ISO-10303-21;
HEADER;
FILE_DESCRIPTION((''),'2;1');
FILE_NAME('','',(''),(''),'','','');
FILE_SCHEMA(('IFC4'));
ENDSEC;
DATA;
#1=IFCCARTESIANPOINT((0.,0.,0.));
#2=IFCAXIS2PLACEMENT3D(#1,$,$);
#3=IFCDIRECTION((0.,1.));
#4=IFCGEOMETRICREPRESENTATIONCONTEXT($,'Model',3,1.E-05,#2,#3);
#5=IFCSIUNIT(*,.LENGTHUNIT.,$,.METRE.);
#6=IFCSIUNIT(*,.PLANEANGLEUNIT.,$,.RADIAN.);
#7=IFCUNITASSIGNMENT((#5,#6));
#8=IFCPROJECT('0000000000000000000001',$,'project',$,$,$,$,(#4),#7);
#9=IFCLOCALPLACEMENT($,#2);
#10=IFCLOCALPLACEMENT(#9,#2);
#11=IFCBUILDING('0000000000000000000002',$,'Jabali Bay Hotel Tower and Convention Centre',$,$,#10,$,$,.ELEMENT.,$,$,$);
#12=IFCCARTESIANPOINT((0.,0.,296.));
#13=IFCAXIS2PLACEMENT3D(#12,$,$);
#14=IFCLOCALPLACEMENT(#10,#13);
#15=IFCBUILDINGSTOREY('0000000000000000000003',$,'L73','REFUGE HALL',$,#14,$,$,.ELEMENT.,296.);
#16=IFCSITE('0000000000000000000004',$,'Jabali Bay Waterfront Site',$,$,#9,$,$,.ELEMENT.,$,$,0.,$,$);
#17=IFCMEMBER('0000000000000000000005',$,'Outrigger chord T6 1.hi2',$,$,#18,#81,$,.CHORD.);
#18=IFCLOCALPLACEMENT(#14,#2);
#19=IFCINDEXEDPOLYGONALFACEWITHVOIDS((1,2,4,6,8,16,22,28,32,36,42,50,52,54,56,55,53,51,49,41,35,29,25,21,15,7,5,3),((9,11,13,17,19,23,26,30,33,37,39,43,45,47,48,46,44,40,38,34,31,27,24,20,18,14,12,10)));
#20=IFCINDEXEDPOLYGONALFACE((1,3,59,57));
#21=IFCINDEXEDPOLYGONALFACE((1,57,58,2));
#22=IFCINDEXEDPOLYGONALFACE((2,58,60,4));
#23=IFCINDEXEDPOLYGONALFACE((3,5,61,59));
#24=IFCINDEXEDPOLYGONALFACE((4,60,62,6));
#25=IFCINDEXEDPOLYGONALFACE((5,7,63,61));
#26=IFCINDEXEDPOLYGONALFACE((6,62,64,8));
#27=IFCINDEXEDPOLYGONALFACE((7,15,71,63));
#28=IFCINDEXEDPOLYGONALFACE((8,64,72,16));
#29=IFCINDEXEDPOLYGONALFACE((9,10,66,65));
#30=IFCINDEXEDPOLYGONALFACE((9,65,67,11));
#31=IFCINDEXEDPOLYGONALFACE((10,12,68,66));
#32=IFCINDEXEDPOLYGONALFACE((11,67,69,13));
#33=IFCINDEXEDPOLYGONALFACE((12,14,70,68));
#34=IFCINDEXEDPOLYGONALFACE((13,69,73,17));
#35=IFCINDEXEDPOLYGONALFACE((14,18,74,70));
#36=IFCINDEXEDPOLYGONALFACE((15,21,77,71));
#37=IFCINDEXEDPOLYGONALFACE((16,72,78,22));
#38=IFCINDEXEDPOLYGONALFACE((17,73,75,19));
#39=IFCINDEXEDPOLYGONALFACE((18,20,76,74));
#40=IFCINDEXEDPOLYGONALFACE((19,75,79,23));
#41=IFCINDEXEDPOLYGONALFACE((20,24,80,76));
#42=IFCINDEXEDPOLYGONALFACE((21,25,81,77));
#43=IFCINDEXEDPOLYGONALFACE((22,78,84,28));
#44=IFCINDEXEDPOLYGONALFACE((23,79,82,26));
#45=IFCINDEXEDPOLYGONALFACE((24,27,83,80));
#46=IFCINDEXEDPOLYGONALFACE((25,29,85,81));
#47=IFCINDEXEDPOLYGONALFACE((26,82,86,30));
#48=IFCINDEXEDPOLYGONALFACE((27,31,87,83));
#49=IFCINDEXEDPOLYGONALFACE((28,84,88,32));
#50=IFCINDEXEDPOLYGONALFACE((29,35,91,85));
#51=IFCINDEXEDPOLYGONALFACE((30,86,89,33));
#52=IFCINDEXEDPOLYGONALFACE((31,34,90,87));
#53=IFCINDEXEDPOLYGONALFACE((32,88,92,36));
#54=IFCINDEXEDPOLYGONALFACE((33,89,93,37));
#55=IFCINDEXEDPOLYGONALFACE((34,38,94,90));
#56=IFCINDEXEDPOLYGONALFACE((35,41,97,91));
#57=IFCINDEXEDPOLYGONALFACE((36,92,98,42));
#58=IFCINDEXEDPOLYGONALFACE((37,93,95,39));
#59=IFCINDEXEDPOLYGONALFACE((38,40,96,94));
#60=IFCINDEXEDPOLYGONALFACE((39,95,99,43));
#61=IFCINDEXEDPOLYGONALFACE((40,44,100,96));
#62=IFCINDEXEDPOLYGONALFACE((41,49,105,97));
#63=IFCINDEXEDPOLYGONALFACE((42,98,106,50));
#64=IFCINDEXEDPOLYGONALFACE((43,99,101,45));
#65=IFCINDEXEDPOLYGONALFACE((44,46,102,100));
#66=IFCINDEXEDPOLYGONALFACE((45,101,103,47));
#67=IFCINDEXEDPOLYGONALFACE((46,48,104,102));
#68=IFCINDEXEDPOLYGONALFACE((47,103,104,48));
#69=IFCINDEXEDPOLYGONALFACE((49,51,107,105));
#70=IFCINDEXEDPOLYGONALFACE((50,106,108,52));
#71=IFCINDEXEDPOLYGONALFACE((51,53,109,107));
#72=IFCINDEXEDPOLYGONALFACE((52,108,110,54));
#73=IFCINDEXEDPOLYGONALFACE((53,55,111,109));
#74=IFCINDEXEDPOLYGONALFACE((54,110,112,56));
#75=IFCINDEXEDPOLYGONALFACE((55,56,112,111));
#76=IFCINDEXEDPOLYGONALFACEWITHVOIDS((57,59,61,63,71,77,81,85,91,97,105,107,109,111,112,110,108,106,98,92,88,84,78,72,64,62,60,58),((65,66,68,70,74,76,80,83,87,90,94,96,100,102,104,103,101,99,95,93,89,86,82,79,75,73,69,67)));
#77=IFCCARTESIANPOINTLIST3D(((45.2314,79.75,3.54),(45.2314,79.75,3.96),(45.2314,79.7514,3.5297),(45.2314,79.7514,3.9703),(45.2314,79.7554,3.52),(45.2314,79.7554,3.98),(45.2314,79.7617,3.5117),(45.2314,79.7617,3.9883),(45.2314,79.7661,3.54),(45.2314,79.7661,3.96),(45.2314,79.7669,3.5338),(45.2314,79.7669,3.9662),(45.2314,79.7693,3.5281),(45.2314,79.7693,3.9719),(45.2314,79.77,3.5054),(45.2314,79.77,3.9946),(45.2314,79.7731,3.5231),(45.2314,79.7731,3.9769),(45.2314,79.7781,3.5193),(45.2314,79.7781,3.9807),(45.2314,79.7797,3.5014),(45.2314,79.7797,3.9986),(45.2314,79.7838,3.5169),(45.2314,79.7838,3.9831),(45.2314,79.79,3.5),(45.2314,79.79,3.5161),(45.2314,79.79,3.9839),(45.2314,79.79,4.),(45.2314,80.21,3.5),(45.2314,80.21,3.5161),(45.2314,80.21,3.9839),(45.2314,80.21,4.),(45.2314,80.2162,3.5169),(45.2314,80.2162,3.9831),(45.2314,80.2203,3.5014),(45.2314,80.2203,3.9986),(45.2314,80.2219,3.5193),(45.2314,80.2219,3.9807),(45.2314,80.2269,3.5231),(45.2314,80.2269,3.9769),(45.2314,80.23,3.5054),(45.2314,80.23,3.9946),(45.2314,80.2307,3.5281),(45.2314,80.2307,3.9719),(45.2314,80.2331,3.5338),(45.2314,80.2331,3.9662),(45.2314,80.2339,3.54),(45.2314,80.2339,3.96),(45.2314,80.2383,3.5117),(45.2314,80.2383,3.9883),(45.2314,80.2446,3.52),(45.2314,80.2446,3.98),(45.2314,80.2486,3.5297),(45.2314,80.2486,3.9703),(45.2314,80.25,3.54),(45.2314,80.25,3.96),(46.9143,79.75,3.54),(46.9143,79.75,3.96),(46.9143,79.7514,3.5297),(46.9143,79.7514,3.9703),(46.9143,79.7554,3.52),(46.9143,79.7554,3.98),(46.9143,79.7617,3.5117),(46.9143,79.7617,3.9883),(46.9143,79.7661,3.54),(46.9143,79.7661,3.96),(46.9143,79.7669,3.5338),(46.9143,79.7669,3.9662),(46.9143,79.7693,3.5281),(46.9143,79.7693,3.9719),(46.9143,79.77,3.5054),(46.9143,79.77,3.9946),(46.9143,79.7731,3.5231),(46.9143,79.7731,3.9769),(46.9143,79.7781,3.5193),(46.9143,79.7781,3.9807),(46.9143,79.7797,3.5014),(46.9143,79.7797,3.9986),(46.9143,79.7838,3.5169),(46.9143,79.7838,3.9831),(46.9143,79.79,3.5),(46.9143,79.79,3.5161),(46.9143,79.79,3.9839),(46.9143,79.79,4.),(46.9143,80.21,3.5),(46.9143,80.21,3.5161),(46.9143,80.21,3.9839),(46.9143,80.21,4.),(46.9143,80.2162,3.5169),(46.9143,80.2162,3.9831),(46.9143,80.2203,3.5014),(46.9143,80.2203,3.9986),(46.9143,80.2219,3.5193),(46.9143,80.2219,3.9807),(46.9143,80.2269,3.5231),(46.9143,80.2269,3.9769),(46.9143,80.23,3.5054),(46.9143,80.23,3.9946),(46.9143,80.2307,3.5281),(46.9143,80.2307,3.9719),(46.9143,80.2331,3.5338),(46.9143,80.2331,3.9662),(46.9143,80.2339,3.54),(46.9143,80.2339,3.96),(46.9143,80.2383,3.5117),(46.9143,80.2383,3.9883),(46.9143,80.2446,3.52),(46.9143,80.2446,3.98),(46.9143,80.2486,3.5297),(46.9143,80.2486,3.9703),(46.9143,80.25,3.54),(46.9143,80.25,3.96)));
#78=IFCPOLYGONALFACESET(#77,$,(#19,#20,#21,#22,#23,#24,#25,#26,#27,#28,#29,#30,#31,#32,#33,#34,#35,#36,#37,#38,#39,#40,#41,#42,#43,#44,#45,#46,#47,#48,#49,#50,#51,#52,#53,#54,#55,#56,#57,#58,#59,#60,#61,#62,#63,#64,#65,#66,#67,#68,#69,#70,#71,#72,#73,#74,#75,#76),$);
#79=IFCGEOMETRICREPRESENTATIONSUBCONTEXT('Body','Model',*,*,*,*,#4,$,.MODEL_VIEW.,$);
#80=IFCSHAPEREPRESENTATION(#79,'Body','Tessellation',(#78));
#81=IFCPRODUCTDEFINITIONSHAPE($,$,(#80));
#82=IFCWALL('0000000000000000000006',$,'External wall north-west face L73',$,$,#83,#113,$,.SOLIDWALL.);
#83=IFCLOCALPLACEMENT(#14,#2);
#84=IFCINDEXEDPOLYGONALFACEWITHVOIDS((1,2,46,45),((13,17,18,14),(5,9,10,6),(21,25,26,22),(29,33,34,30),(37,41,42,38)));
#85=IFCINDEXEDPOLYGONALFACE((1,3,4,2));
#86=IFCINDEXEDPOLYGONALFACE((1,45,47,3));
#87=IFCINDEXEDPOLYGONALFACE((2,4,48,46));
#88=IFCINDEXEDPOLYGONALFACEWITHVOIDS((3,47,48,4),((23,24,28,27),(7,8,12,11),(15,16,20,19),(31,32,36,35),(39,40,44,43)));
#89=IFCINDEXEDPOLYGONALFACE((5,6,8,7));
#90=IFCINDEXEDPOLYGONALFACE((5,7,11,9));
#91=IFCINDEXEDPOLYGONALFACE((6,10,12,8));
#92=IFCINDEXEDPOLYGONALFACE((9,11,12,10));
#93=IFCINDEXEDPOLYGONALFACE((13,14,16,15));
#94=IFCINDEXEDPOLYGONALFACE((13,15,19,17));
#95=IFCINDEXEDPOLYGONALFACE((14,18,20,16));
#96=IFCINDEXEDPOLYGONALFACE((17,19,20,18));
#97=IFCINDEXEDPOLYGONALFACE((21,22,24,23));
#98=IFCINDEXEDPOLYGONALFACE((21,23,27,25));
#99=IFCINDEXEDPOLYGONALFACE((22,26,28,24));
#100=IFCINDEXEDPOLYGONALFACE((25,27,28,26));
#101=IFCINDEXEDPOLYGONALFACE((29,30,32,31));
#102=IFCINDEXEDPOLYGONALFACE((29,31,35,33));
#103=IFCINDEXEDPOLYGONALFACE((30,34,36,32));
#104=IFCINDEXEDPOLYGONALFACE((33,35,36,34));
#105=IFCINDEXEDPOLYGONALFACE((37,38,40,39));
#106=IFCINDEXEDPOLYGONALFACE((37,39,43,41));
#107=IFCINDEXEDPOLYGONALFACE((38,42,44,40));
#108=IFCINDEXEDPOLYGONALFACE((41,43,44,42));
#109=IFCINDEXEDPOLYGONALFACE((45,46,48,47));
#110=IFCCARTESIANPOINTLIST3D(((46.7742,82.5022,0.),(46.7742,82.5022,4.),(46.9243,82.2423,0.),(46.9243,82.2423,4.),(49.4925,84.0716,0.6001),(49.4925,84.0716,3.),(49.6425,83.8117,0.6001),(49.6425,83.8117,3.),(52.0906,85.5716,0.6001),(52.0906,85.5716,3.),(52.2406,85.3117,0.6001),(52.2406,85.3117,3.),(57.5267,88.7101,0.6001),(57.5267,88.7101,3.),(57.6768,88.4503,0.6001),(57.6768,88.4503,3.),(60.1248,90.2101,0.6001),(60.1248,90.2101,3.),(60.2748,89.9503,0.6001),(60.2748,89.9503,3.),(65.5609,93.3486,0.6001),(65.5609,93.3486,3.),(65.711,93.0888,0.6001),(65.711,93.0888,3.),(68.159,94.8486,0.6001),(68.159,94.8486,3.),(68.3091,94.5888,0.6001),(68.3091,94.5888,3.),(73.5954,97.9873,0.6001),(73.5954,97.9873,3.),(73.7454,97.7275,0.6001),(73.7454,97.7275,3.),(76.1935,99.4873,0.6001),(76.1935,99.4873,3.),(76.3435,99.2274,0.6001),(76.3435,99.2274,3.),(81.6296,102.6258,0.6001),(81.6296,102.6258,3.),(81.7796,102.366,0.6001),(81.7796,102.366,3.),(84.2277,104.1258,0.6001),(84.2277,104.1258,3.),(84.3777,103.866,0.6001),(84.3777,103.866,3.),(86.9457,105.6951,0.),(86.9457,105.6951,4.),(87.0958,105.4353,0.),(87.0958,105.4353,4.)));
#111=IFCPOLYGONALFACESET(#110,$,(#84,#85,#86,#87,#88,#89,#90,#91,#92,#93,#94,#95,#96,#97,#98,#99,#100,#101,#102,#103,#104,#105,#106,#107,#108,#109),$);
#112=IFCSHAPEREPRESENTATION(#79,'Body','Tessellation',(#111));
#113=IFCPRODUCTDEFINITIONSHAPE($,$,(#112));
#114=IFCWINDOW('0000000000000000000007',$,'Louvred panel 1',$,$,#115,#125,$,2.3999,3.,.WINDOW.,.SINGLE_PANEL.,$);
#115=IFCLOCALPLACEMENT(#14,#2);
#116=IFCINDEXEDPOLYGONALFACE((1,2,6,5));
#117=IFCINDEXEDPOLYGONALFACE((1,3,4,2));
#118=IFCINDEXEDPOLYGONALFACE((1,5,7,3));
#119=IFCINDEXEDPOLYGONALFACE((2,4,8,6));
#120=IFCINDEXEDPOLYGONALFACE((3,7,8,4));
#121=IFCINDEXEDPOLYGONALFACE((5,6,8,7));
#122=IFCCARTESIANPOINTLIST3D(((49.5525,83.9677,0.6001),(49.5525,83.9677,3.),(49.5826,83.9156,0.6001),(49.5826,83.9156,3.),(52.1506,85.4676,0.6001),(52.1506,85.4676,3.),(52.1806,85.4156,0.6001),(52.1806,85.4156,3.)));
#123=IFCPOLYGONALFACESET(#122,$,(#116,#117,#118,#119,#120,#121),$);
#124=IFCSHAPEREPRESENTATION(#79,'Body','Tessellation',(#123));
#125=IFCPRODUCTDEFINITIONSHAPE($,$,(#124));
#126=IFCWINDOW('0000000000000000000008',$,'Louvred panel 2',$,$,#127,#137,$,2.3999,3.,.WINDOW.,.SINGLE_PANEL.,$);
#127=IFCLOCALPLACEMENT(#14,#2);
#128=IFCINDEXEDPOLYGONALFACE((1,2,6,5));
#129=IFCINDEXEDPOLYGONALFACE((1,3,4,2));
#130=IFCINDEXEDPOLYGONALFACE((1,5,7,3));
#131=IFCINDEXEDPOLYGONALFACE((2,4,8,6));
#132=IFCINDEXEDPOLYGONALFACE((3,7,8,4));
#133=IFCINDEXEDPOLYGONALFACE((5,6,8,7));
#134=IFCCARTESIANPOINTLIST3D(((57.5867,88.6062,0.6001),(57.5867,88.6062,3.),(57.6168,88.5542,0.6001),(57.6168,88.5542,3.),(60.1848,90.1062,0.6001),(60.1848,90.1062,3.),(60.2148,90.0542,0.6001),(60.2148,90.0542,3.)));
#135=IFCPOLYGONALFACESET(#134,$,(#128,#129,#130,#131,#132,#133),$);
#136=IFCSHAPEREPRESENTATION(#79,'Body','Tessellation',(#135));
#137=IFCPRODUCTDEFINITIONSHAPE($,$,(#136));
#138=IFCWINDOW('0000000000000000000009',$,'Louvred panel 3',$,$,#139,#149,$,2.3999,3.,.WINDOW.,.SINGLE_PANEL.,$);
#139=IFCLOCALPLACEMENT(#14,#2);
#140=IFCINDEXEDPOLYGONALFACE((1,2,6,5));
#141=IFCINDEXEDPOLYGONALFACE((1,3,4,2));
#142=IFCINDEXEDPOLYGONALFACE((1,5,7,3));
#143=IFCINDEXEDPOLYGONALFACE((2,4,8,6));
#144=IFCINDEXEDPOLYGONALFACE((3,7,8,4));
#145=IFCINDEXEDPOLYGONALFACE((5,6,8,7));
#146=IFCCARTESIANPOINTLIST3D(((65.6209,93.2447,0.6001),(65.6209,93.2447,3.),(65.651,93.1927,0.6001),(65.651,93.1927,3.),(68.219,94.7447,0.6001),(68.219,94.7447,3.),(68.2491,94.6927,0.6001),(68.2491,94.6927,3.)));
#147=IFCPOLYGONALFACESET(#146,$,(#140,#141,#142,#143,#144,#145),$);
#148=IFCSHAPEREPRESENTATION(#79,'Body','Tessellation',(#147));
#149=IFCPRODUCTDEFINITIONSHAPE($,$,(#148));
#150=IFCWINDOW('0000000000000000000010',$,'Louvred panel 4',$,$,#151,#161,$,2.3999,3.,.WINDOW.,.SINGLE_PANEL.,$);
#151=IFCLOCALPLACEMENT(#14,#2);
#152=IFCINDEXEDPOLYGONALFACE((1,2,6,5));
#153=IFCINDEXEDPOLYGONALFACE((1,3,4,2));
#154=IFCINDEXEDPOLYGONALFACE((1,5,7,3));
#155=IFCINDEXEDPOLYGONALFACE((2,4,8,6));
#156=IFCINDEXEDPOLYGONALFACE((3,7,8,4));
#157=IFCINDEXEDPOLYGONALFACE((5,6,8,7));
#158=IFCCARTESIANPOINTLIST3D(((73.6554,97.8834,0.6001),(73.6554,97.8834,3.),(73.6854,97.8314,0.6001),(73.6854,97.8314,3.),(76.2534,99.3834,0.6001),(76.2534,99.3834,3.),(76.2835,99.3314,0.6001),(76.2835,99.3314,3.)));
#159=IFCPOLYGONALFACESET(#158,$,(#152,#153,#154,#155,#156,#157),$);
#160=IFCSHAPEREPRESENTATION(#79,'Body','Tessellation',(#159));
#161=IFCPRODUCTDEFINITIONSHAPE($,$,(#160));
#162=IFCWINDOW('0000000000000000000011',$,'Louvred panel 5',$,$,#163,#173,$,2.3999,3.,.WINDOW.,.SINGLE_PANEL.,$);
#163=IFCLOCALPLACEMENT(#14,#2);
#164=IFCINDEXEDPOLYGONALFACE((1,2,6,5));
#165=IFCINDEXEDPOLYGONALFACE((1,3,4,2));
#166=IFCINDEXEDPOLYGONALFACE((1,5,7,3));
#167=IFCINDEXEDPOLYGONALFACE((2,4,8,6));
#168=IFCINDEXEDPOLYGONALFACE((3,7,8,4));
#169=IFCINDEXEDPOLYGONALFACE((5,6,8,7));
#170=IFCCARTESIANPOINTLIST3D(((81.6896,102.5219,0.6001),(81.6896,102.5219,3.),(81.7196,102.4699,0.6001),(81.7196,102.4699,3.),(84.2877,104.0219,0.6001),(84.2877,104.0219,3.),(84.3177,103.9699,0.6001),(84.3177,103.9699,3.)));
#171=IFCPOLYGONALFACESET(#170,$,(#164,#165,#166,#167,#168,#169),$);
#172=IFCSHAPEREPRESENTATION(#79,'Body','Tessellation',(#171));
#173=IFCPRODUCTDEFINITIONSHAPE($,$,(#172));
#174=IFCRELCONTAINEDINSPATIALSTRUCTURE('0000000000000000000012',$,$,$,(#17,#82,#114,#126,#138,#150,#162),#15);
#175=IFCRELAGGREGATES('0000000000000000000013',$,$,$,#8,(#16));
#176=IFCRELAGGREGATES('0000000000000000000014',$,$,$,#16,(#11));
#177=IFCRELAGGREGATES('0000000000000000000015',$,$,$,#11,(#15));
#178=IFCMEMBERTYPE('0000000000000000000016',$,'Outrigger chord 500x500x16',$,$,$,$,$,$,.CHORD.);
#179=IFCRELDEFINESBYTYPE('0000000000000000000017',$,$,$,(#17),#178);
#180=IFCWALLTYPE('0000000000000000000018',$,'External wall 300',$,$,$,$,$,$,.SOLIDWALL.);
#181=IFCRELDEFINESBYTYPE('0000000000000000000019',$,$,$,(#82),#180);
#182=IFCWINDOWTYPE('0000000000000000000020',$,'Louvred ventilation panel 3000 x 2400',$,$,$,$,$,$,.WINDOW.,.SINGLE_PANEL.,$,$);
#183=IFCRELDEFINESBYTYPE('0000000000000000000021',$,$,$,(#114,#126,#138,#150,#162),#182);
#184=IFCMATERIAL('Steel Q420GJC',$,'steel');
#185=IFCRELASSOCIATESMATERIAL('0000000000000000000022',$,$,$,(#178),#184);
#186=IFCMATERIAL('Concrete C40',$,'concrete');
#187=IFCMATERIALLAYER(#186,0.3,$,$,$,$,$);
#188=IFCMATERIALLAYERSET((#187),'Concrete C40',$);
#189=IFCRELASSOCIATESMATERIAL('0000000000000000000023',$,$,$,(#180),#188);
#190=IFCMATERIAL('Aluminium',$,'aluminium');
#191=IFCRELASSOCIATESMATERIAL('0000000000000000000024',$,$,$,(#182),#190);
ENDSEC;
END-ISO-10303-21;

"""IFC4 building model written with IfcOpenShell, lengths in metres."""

from ifc_helpers import new_model, si_unit, direction, frame, frame_2d, origin, origin_2d, place, context, subcontext, project, spatial, rectangle, hollow_rectangle, extrude, material, layer, layer_set, material_profile, profile_set, type_object, element, fill, save


model = new_model("IFC4")

# Units and contexts
model_context = context("Model", 3, precision=1e-05, world=origin(), true_north=direction((0.0, 1.0)))
body_context = subcontext(model_context, "Body", "Model", "MODEL_VIEW")
ifc_project = project(units=[si_unit("LENGTHUNIT", "METRE"), si_unit("PLANEANGLEUNIT", "RADIAN")], contexts=[model_context])

# Site, building, storey
site_placement = place(None, origin())
site = spatial("IfcSite", under=ifc_project, at=site_placement, Name="Jabali Bay Waterfront Site", CompositionType="ELEMENT", RefElevation=0.0)
building_placement = place(site_placement, origin())
building = spatial("IfcBuilding", under=site, at=building_placement, Name="Jabali Bay Hotel Tower and Convention Centre", CompositionType="ELEMENT")
storey_placement = place(building_placement, frame((0.0, 0.0, 296.0)))
storey = spatial("IfcBuildingStorey", under=building, at=storey_placement, Name="L73", Description="REFUGE HALL", CompositionType="ELEMENT", Elevation=296.0)

# Member
ifc_material_1 = material(Name="Steel Q420GJC", Category="steel")
ifc_material_profile_1 = material_profile(ifc_material_1, hollow_rectangle(XDim=0.5, YDim=0.5, WallThickness=0.0161, InnerFilletRadius=0.0239, OuterFilletRadius=0.04, at=origin_2d()), Name="Outrigger chord 500x500x16")
ifc_profile_set_1 = profile_set([ifc_material_profile_1], Name="Steel Q420GJC")
member_type_1 = type_object("IfcMemberType", Name="Outrigger chord 500x500x16", PredefinedType="CHORD", material=ifc_profile_set_1)
member_1_placement = place(storey_placement, frame((46.9143, 80.0, 3.75), z_axis=(-1.0, 0.0, 0.0), x_axis=(0.0, -1.0, 0.0)))
element("IfcMember", 1, at=member_1_placement, inside=storey, type_object=member_type_1, Name="Outrigger chord T6 1.hi2", PredefinedType="CHORD", context=body_context, shape_type="SweptSolid", body=[
    extrude(hollow_rectangle(XDim=0.5, YDim=0.5, WallThickness=0.0161, InnerFilletRadius=0.0239, OuterFilletRadius=0.04, at=origin_2d()), origin(), (0.0, 0.0, 1.0), 1.6829),
])

# Wall, openings, windows
ifc_material_2 = material(Name="Concrete C40", Category="concrete")
ifc_layer_1 = layer(ifc_material_2, 0.3)
ifc_layer_set_1 = layer_set([ifc_layer_1], Name="Concrete C40")
wall_type = type_object("IfcWallType", Name="External wall 300", PredefinedType="SOLIDWALL", material=ifc_layer_set_1)
wall_placement = place(storey_placement, frame((46.8494, 82.3723, 0.0), z_axis=(0.0, 0.0, 1.0), x_axis=(0.866026, 0.499999, 0.0)))
wall = element("IfcWall", 2, at=wall_placement, inside=storey, type_object=wall_type, Name="External wall north-west face L73", PredefinedType="SOLIDWALL", context=body_context, shape_type="SweptSolid", body=[
    extrude(rectangle(XDim=46.386, YDim=0.3, at=frame_2d((23.1929, 0.0))), origin(), (0.0, 0.0, 1.0), 4.0),
])
opening_1_placement = place(wall_placement, frame((3.1387, 0.0, 0.6001)))
opening_1 = element("IfcOpeningElement", 3, at=opening_1_placement, cuts=wall, PredefinedType="OPENING", context=body_context, shape_type="SweptSolid", body=[
    extrude(rectangle(XDim=3.0, YDim=2.3999, at=frame_2d((1.5, 1.2))), frame((0.0, 0.1606, 0.0), z_axis=(0.0, -1.0, 0.0), x_axis=(1.0, 0.0, 0.0)), (0.0, 0.0, 1.0), 0.321),
])
opening_2_placement = place(wall_placement, frame((12.4158, 0.0, 0.6001)))
opening_2 = element("IfcOpeningElement", 4, at=opening_2_placement, cuts=wall, PredefinedType="OPENING", context=body_context, shape_type="SweptSolid", body=[
    extrude(rectangle(XDim=3.0, YDim=2.3999, at=frame_2d((1.5, 1.2))), frame((0.0, 0.1606, 0.0), z_axis=(0.0, -1.0, 0.0), x_axis=(1.0, 0.0, 0.0)), (0.0, 0.0, 1.0), 0.321),
])
opening_3_placement = place(wall_placement, frame((21.6929, 0.0, 0.6001)))
opening_3 = element("IfcOpeningElement", 5, at=opening_3_placement, cuts=wall, PredefinedType="OPENING", context=body_context, shape_type="SweptSolid", body=[
    extrude(rectangle(XDim=3.0, YDim=2.3999, at=frame_2d((1.5, 1.2))), frame((0.0, 0.1606, 0.0), z_axis=(0.0, -1.0, 0.0), x_axis=(1.0, 0.0, 0.0)), (0.0, 0.0, 1.0), 0.321),
])
opening_4_placement = place(wall_placement, frame((30.9702, 0.0, 0.6001)))
opening_4 = element("IfcOpeningElement", 6, at=opening_4_placement, cuts=wall, PredefinedType="OPENING", context=body_context, shape_type="SweptSolid", body=[
    extrude(rectangle(XDim=3.0, YDim=2.3999, at=frame_2d((1.5, 1.2))), frame((0.0, 0.1606, 0.0), z_axis=(0.0, -1.0, 0.0), x_axis=(1.0, 0.0, 0.0)), (0.0, 0.0, 1.0), 0.321),
])
opening_5_placement = place(wall_placement, frame((40.2473, 0.0, 0.6001)))
opening_5 = element("IfcOpeningElement", 7, at=opening_5_placement, cuts=wall, PredefinedType="OPENING", context=body_context, shape_type="SweptSolid", body=[
    extrude(rectangle(XDim=3.0, YDim=2.3999, at=frame_2d((1.5, 1.2))), frame((0.0, 0.1606, 0.0), z_axis=(0.0, -1.0, 0.0), x_axis=(1.0, 0.0, 0.0)), (0.0, 0.0, 1.0), 0.321),
])
ifc_material_3 = material(Name="Aluminium", Category="aluminium")
window_type = type_object("IfcWindowType", Name="Louvred ventilation panel 3000 x 2400", PartitioningType="SINGLE_PANEL", PredefinedType="WINDOW", material=ifc_material_3)
window_1_placement = place(opening_1_placement, origin())
window_1 = element("IfcWindow", 8, at=window_1_placement, inside=storey, type_object=window_type, Name="Louvred panel 1", OverallHeight=2.3999, OverallWidth=3.0, PartitioningType="SINGLE_PANEL", PredefinedType="WINDOW", context=body_context, shape_type="SweptSolid", body=[
    extrude(rectangle(XDim=3.0, YDim=2.3999, at=frame_2d((1.5, 1.2))), frame((0.0, 0.03, 0.0), z_axis=(0.0, -1.0, 0.0), x_axis=(1.0, 0.0, 0.0)), (0.0, 0.0, 1.0), 0.0601),
])
fill(opening_1, window_1)
window_2_placement = place(opening_2_placement, origin())
window_2 = element("IfcWindow", 9, at=window_2_placement, inside=storey, type_object=window_type, Name="Louvred panel 2", OverallHeight=2.3999, OverallWidth=3.0, PartitioningType="SINGLE_PANEL", PredefinedType="WINDOW", context=body_context, shape_type="SweptSolid", body=[
    extrude(rectangle(XDim=3.0, YDim=2.3999, at=frame_2d((1.5, 1.2))), frame((0.0, 0.03, 0.0), z_axis=(0.0, -1.0, 0.0), x_axis=(1.0, 0.0, 0.0)), (0.0, 0.0, 1.0), 0.0601),
])
fill(opening_2, window_2)
window_3_placement = place(opening_3_placement, origin())
window_3 = element("IfcWindow", 10, at=window_3_placement, inside=storey, type_object=window_type, Name="Louvred panel 3", OverallHeight=2.3999, OverallWidth=3.0, PartitioningType="SINGLE_PANEL", PredefinedType="WINDOW", context=body_context, shape_type="SweptSolid", body=[
    extrude(rectangle(XDim=3.0, YDim=2.3999, at=frame_2d((1.5, 1.2))), frame((0.0, 0.03, 0.0), z_axis=(0.0, -1.0, 0.0), x_axis=(1.0, 0.0, 0.0)), (0.0, 0.0, 1.0), 0.0601),
])
fill(opening_3, window_3)
window_4_placement = place(opening_4_placement, origin())
window_4 = element("IfcWindow", 11, at=window_4_placement, inside=storey, type_object=window_type, Name="Louvred panel 4", OverallHeight=2.3999, OverallWidth=3.0, PartitioningType="SINGLE_PANEL", PredefinedType="WINDOW", context=body_context, shape_type="SweptSolid", body=[
    extrude(rectangle(XDim=3.0, YDim=2.3999, at=frame_2d((1.5, 1.2))), frame((0.0, 0.03, 0.0), z_axis=(0.0, -1.0, 0.0), x_axis=(1.0, 0.0, 0.0)), (0.0, 0.0, 1.0), 0.0601),
])
fill(opening_4, window_4)
window_5_placement = place(opening_5_placement, origin())
window_5 = element("IfcWindow", 12, at=window_5_placement, inside=storey, type_object=window_type, Name="Louvred panel 5", OverallHeight=2.3999, OverallWidth=3.0, PartitioningType="SINGLE_PANEL", PredefinedType="WINDOW", context=body_context, shape_type="SweptSolid", body=[
    extrude(rectangle(XDim=3.0, YDim=2.3999, at=frame_2d((1.5, 1.2))), frame((0.0, 0.03, 0.0), z_axis=(0.0, -1.0, 0.0), x_axis=(1.0, 0.0, 0.0)), (0.0, 0.0, 1.0), 0.0601),
])
fill(opening_5, window_5)

save(model, "model.ifc")
